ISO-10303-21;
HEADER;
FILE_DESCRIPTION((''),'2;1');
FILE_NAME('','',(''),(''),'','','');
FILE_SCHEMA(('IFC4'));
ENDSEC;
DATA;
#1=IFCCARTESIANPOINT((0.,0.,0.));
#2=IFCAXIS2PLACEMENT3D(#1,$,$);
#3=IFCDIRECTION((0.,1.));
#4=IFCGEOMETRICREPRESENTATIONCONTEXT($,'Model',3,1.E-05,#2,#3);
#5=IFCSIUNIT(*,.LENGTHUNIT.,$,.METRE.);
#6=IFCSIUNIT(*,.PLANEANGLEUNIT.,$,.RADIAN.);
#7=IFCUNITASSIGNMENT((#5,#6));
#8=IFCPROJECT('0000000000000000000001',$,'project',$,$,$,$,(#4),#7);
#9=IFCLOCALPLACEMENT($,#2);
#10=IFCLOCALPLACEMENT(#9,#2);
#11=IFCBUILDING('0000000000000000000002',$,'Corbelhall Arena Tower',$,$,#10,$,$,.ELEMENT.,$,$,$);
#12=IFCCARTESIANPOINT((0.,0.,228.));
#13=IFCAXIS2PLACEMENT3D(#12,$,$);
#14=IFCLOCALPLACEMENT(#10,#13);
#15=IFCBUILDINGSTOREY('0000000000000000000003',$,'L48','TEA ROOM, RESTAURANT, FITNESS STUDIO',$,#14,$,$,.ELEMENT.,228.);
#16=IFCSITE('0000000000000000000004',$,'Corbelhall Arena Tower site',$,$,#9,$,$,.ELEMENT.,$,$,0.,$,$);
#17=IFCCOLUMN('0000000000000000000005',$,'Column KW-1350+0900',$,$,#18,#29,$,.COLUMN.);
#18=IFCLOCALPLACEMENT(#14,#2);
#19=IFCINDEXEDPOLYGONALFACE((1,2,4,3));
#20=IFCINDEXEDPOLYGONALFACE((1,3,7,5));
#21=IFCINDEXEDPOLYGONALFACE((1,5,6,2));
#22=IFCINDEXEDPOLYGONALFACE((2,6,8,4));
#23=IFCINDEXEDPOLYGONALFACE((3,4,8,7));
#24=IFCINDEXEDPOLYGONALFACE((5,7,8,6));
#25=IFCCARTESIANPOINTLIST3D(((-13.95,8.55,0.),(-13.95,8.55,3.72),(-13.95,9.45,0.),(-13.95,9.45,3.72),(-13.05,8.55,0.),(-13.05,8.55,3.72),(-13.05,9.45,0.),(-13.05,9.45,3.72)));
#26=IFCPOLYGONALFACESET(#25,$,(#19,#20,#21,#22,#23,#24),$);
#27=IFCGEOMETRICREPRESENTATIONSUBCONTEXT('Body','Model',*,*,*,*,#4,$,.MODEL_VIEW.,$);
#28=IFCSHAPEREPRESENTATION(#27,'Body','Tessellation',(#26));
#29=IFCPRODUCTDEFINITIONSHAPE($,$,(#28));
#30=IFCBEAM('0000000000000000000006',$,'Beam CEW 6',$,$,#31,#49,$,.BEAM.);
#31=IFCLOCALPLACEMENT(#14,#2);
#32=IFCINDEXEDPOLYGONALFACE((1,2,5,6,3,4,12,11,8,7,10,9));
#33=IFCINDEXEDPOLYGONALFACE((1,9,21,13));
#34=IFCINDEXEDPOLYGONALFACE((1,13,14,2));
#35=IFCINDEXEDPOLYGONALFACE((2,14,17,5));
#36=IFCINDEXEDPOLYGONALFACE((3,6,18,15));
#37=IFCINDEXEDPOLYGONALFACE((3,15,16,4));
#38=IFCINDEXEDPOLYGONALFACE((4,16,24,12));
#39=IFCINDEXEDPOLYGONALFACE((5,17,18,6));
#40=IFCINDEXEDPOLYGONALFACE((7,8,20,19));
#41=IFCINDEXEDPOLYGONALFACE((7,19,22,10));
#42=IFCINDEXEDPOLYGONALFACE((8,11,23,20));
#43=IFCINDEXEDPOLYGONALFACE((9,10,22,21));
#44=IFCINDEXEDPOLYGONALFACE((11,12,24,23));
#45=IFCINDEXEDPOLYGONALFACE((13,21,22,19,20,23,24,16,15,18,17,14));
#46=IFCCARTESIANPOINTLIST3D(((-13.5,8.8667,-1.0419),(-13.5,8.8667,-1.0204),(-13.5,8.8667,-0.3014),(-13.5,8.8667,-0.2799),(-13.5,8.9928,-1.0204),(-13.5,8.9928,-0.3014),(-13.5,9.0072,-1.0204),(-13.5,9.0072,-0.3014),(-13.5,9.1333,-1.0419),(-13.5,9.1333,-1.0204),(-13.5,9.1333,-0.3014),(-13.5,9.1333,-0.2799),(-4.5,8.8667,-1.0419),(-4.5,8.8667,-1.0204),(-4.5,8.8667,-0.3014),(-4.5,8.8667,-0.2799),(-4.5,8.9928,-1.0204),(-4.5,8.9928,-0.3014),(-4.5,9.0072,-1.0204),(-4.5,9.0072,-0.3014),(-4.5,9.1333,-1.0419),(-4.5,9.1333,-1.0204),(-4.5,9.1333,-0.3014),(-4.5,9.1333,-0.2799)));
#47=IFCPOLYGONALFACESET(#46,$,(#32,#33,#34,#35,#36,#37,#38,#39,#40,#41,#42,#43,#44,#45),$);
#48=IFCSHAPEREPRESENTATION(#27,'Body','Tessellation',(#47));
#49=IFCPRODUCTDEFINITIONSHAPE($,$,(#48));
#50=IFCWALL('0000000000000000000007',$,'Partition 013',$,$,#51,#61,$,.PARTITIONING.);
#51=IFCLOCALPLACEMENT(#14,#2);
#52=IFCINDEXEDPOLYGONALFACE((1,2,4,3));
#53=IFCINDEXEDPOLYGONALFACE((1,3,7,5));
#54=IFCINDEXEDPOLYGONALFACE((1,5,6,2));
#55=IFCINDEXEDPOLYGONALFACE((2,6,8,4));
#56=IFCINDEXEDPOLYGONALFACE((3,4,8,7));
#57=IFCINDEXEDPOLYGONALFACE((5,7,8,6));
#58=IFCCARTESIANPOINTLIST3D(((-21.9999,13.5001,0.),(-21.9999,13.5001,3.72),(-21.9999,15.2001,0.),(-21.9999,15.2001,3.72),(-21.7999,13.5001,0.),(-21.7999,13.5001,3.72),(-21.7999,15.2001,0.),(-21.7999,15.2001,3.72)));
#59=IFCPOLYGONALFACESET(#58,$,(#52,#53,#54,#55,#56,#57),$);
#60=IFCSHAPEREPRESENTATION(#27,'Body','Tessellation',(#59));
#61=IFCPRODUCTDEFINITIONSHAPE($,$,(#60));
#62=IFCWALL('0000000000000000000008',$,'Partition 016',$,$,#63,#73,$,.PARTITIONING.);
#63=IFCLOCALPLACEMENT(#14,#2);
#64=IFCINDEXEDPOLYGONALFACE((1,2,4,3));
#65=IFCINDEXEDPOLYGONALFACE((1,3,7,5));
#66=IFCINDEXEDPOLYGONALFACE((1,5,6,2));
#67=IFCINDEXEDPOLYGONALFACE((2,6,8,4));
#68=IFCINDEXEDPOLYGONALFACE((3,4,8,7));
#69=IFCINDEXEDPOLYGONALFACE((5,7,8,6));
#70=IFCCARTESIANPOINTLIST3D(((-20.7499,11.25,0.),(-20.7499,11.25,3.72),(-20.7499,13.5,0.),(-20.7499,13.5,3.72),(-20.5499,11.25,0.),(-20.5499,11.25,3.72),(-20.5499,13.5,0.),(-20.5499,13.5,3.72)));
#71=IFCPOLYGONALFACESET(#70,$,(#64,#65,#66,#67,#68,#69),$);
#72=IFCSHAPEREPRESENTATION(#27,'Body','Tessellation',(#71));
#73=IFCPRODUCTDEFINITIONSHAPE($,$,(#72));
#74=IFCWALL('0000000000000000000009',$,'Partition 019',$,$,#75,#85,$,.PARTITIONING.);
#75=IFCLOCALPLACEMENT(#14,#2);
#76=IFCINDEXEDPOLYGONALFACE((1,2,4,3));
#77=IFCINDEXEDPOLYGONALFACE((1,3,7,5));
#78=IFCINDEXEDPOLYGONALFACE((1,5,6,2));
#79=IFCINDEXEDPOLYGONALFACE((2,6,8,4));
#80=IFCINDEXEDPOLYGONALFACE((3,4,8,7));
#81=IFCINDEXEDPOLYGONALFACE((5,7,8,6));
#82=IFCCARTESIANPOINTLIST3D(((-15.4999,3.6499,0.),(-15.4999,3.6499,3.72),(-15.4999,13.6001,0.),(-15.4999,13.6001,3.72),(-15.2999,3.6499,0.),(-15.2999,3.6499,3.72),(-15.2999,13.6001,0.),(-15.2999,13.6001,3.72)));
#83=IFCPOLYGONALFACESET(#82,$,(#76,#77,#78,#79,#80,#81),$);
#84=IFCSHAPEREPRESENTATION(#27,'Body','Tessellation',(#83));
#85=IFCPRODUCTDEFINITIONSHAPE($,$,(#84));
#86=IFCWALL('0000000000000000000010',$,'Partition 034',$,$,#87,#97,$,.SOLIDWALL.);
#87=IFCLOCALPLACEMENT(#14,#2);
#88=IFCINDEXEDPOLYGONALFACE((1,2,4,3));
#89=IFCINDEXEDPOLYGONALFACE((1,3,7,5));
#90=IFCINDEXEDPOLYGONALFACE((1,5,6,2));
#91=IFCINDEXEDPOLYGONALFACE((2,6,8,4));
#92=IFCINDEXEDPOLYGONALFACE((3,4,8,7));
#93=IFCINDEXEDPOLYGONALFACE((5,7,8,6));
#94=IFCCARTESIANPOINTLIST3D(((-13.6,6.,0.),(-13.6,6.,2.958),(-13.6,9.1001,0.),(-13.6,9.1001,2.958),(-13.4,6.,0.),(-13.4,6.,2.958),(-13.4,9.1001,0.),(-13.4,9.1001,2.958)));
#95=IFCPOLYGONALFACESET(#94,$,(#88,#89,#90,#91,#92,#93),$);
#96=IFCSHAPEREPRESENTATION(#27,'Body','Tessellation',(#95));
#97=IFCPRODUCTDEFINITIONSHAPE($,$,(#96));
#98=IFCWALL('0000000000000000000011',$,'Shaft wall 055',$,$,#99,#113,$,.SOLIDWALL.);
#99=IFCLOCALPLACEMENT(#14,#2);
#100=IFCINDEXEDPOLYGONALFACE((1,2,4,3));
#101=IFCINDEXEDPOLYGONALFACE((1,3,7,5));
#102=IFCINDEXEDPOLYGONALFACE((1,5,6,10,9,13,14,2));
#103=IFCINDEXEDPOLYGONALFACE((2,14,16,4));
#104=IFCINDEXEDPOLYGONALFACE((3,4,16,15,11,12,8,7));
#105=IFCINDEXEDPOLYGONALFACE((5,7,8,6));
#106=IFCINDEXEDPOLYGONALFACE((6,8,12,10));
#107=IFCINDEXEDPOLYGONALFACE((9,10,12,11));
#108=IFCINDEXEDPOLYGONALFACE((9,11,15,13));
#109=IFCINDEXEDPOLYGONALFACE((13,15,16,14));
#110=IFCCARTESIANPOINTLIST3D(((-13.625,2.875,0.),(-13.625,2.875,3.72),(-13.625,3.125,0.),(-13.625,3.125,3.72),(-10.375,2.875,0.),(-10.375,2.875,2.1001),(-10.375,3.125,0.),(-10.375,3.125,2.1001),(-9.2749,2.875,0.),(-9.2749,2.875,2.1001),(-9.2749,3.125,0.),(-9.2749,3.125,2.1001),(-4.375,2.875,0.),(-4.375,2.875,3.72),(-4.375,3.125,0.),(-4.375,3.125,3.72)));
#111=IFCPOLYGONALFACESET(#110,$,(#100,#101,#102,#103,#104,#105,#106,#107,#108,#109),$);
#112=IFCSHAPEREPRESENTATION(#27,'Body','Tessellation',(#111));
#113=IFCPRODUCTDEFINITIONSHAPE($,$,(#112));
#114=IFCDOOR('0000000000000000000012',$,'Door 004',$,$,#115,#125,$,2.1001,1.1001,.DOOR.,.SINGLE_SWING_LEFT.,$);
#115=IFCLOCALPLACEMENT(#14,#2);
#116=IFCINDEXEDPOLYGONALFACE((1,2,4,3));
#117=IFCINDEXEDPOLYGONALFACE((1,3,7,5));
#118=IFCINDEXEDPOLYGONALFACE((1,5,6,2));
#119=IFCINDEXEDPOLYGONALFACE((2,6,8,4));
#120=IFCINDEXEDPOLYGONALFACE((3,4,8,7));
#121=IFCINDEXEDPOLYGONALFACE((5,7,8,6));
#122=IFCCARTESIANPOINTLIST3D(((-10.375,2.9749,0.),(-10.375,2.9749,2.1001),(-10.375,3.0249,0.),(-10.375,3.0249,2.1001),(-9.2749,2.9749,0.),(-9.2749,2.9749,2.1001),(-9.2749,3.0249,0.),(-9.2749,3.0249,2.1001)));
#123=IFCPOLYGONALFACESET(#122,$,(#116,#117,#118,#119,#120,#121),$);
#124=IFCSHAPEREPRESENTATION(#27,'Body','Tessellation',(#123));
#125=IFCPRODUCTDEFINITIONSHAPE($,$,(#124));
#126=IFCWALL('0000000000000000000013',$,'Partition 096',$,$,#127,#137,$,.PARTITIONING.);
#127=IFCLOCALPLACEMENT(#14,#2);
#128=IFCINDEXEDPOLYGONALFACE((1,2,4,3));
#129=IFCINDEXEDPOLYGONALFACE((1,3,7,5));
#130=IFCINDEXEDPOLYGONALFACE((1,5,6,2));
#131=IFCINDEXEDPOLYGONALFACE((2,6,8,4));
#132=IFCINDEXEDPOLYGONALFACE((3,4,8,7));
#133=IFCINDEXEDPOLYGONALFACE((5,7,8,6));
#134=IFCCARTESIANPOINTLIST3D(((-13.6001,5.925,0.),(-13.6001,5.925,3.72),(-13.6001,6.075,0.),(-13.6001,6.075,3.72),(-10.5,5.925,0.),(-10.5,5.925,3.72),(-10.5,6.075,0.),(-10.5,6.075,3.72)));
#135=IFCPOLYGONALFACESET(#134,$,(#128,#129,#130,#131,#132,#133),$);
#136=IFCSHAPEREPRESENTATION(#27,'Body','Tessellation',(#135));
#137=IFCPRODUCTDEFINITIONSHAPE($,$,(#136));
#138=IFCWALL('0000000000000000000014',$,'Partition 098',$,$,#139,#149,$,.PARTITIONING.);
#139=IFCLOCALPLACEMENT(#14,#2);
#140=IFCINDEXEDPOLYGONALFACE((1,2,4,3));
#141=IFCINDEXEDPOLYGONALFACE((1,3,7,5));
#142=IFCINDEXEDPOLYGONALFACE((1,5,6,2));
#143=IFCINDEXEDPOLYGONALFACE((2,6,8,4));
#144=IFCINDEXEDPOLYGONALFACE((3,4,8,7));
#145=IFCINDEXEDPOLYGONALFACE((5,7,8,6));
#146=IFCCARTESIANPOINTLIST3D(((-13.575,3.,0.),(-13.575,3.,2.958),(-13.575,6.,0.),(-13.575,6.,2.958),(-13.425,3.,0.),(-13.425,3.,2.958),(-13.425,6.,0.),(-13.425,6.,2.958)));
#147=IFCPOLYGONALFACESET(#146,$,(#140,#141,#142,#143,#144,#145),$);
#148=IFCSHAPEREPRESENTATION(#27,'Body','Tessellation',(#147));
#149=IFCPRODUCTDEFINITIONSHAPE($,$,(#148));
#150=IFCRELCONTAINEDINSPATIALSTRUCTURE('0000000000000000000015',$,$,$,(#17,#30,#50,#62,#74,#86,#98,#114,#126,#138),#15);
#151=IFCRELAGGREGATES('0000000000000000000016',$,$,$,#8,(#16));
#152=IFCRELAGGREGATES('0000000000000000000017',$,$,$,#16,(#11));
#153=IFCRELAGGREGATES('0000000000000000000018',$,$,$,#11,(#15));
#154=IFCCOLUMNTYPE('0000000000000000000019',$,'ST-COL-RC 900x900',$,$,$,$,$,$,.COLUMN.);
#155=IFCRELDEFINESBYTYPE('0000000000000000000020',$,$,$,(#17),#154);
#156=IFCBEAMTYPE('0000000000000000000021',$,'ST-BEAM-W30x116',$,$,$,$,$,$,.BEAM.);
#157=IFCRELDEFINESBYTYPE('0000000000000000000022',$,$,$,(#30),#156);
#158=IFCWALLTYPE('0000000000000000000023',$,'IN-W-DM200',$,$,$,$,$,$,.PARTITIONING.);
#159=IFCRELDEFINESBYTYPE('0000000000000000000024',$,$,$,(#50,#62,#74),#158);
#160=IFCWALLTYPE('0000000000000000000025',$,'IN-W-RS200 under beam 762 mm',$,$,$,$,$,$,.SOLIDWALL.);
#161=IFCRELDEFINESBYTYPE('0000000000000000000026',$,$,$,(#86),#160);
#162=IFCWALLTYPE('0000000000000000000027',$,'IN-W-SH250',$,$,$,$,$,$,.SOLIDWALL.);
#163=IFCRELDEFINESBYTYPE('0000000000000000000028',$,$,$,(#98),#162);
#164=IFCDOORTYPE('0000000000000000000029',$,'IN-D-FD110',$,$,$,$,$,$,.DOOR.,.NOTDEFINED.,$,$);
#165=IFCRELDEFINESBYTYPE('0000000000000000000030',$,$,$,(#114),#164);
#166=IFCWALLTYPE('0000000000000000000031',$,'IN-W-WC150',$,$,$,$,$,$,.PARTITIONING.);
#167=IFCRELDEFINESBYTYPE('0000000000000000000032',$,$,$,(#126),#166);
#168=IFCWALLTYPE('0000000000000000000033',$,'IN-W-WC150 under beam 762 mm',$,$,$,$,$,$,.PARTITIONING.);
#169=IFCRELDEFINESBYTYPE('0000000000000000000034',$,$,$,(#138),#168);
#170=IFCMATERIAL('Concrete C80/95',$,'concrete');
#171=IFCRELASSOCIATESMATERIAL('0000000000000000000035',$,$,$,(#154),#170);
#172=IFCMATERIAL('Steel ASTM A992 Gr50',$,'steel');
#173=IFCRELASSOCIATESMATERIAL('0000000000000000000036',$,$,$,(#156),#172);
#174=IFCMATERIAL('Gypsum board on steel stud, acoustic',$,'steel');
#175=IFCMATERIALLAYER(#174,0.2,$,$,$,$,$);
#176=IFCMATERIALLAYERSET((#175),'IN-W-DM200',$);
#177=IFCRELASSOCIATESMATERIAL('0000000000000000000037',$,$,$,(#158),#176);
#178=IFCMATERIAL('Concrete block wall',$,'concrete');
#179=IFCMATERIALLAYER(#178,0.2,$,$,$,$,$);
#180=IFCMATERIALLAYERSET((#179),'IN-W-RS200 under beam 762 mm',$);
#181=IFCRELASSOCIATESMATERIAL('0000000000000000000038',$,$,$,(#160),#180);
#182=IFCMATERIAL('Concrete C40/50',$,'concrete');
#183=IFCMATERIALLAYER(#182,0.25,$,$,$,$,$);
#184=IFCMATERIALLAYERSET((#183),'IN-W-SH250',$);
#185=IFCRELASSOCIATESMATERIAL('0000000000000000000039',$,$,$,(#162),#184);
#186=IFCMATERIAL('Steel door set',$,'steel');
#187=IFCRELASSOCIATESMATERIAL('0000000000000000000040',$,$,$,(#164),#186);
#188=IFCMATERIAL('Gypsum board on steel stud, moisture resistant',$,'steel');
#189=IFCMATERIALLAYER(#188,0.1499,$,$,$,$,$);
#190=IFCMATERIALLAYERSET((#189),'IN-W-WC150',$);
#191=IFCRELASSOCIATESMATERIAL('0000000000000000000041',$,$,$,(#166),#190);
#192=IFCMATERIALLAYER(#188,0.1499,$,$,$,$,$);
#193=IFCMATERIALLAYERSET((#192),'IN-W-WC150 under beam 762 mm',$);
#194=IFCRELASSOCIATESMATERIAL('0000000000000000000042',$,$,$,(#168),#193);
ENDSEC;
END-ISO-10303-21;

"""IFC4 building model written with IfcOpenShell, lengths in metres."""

from ifc_helpers import new_model, si_unit, direction, frame, frame_2d, origin, origin_2d, place, context, subcontext, project, spatial, rectangle, i_section, extrude, material, layer, layer_set, material_profile, profile_set, type_object, element, fill, save


model = new_model("IFC4")

# Units and contexts
model_context = context("Model", 3, precision=1e-05, world=origin(), true_north=direction((0.0, 1.0)))
body_context = subcontext(model_context, "Body", "Model", "MODEL_VIEW")
ifc_project = project(units=[si_unit("LENGTHUNIT", "METRE"), si_unit("PLANEANGLEUNIT", "RADIAN")], contexts=[model_context])

# Site, building, storey
site_placement = place(None, origin())
site = spatial("IfcSite", under=ifc_project, at=site_placement, Name="Corbelhall Arena Tower site", CompositionType="ELEMENT", RefElevation=0.0)
building_placement = place(site_placement, origin())
building = spatial("IfcBuilding", under=site, at=building_placement, Name="Corbelhall Arena Tower", CompositionType="ELEMENT")
storey_placement = place(building_placement, frame((0.0, 0.0, 228.0)))
storey = spatial("IfcBuildingStorey", under=building, at=storey_placement, Name="L48", Description="TEA ROOM, RESTAURANT, FITNESS STUDIO", CompositionType="ELEMENT", Elevation=228.0)

# Column
ifc_material_1 = material(Name="Concrete C80/95", Category="concrete")
ifc_material_profile_1 = material_profile(ifc_material_1, rectangle(XDim=0.8999, YDim=0.8999, at=origin_2d()))
ifc_profile_set_1 = profile_set([ifc_material_profile_1], Name="Concrete C80/95")
column_type = type_object("IfcColumnType", Name="ST-COL-RC 900x900", PredefinedType="COLUMN", material=ifc_profile_set_1)
column_placement = place(storey_placement, frame((-13.5, 9.0, 0.0), z_axis=(0.0, 0.0, 1.0), x_axis=(1.0, 0.0, 0.0)))
element("IfcColumn", 1, at=column_placement, inside=storey, type_object=column_type, Name="Column KW-1350+0900", PredefinedType="COLUMN", context=body_context, shape_type="SweptSolid", body=[
    extrude(rectangle(XDim=0.8999, YDim=0.8999, at=origin_2d()), origin(), (0.0, 0.0, 1.0), 3.72),
])

# Beam
ifc_material_2 = material(Name="Steel ASTM A992 Gr50", Category="steel")
ifc_material_profile_2 = material_profile(ifc_material_2, i_section(OverallWidth=0.2666, OverallDepth=0.762, WebThickness=0.0144, FlangeThickness=0.0215, at=origin_2d()))
ifc_profile_set_2 = profile_set([ifc_material_profile_2], Name="Steel ASTM A992 Gr50")
beam_type = type_object("IfcBeamType", Name="ST-BEAM-W30x116", PredefinedType="BEAM", material=ifc_profile_set_2)
beam_placement = place(storey_placement, frame((-13.5, 9.0, -0.6609), z_axis=(1.0, 0.0, 0.0), x_axis=(0.0, 1.0, 0.0)))
element("IfcBeam", 2, at=beam_placement, inside=storey, type_object=beam_type, Name="Beam CEW 6", PredefinedType="BEAM", context=body_context, shape_type="SweptSolid", body=[
    extrude(i_section(OverallWidth=0.2666, OverallDepth=0.762, WebThickness=0.0144, FlangeThickness=0.0215, at=origin_2d()), origin(), (0.0, 0.0, 1.0), 9.0),
])

# Shared definitions
ifc_material_3 = material(Name="Gypsum board on steel stud, acoustic", Category="steel")
ifc_layer_1 = layer(ifc_material_3, 0.2)
ifc_layer_set_1 = layer_set([ifc_layer_1], Name="IN-W-DM200")
wall_type_1 = type_object("IfcWallType", Name="IN-W-DM200", PredefinedType="PARTITIONING", material=ifc_layer_set_1)
ifc_material_4 = material(Name="Steel door set", Category="steel")

# Walls
wall_1_placement = place(storey_placement, frame((-21.8999, 13.5, 0.0), z_axis=(0.0, 0.0, 1.0), x_axis=(0.0, 1.0, 0.0)))
element("IfcWall", 3, at=wall_1_placement, inside=storey, type_object=wall_type_1, Name="Partition 013", PredefinedType="PARTITIONING", context=body_context, shape_type="SweptSolid", body=[
    extrude(rectangle(XDim=1.7, YDim=0.2, at=frame_2d((0.8501, 0.0))), origin(), (0.0, 0.0, 1.0), 3.72),
])
wall_2_placement = place(storey_placement, frame((-20.6499, 11.25, 0.0), z_axis=(0.0, 0.0, 1.0), x_axis=(0.0, 1.0, 0.0)))
element("IfcWall", 4, at=wall_2_placement, inside=storey, type_object=wall_type_1, Name="Partition 016", PredefinedType="PARTITIONING", context=body_context, shape_type="SweptSolid", body=[
    extrude(rectangle(XDim=2.25, YDim=0.2, at=frame_2d((1.125, 0.0))), origin(), (0.0, 0.0, 1.0), 3.72),
])

# Walls
wall_3_placement = place(storey_placement, frame((-15.3999, 3.6499, 0.0), z_axis=(0.0, 0.0, 1.0), x_axis=(0.0, 1.0, 0.0)))
element("IfcWall", 5, at=wall_3_placement, inside=storey, type_object=wall_type_1, Name="Partition 019", PredefinedType="PARTITIONING", context=body_context, shape_type="SweptSolid", body=[
    extrude(rectangle(XDim=9.9502, YDim=0.2, at=frame_2d((4.9751, 0.0))), origin(), (0.0, 0.0, 1.0), 3.72),
])
ifc_material_5 = material(Name="Concrete block wall", Category="concrete")
ifc_layer_2 = layer(ifc_material_5, 0.2)
ifc_layer_set_2 = layer_set([ifc_layer_2], Name="IN-W-RS200 under beam 762 mm")
wall_type_2 = type_object("IfcWallType", Name="IN-W-RS200 under beam 762 mm", PredefinedType="SOLIDWALL", material=ifc_layer_set_2)
wall_4_placement = place(storey_placement, frame((-13.5, 6.0, 0.0), z_axis=(0.0, 0.0, 1.0), x_axis=(0.0, 1.0, 0.0)))
element("IfcWall", 6, at=wall_4_placement, inside=storey, type_object=wall_type_2, Name="Partition 034", PredefinedType="SOLIDWALL", context=body_context, shape_type="SweptSolid", body=[
    extrude(rectangle(XDim=3.1001, YDim=0.2, at=frame_2d((1.55, 0.0))), origin(), (0.0, 0.0, 1.0), 2.958),
])

# Wall, opening, door
ifc_material_6 = material(Name="Concrete C40/50", Category="concrete")
ifc_layer_3 = layer(ifc_material_6, 0.25)
ifc_layer_set_3 = layer_set([ifc_layer_3], Name="IN-W-SH250")
wall_type_3 = type_object("IfcWallType", Name="IN-W-SH250", PredefinedType="SOLIDWALL", material=ifc_layer_set_3)
wall_5_placement = place(storey_placement, frame((-13.625, 3.0, 0.0), z_axis=(0.0, 0.0, 1.0), x_axis=(1.0, 0.0, 0.0)))
wall_5 = element("IfcWall", 7, at=wall_5_placement, inside=storey, type_object=wall_type_3, Name="Shaft wall 055", PredefinedType="SOLIDWALL", context=body_context, shape_type="SweptSolid", body=[
    extrude(rectangle(XDim=9.25, YDim=0.25, at=frame_2d((4.625, 0.0))), origin(), (0.0, 0.0, 1.0), 3.72),
])
opening_1_placement = place(wall_5_placement, frame((3.25, 0.0, 0.0)))
opening_1 = element("IfcOpeningElement", 8, at=opening_1_placement, cuts=wall_5, PredefinedType="OPENING", context=body_context, shape_type="SweptSolid", body=[
    extrude(rectangle(XDim=1.1001, YDim=2.1001, at=frame_2d((0.55, 1.05))), frame((0.0, 0.125, 0.0), z_axis=(0.0, -1.0, 0.0), x_axis=(1.0, 0.0, 0.0)), (0.0, 0.0, 1.0), 0.25),
])
door_type_1 = type_object("IfcDoorType", Name="IN-D-FD110", OperationType="NOTDEFINED", PredefinedType="DOOR", material=ifc_material_4)
door_1_placement = place(opening_1_placement, origin())
door_1 = element("IfcDoor", 9, at=door_1_placement, inside=storey, type_object=door_type_1, Name="Door 004", OperationType="SINGLE_SWING_LEFT", OverallHeight=2.1001, OverallWidth=1.1001, PredefinedType="DOOR", context=body_context, shape_type="SweptSolid", body=[
    extrude(rectangle(XDim=1.1001, YDim=2.1001, at=frame_2d((0.55, 1.05))), frame((0.0, 0.0249, 0.0), z_axis=(0.0, -1.0, 0.0), x_axis=(1.0, 0.0, 0.0)), (0.0, 0.0, 1.0), 0.05),
])
fill(opening_1, door_1)

# Walls
ifc_material_7 = material(Name="Gypsum board on steel stud, moisture resistant", Category="steel")
ifc_layer_4 = layer(ifc_material_7, 0.1499)
ifc_layer_set_4 = layer_set([ifc_layer_4], Name="IN-W-WC150")
wall_type_4 = type_object("IfcWallType", Name="IN-W-WC150", PredefinedType="PARTITIONING", material=ifc_layer_set_4)
wall_6_placement = place(storey_placement, frame((-13.6001, 6.0, 0.0), z_axis=(0.0, 0.0, 1.0), x_axis=(1.0, 0.0, 0.0)))
element("IfcWall", 10, at=wall_6_placement, inside=storey, type_object=wall_type_4, Name="Partition 096", PredefinedType="PARTITIONING", context=body_context, shape_type="SweptSolid", body=[
    extrude(rectangle(XDim=3.1001, YDim=0.1499, at=frame_2d((1.55, 0.0))), origin(), (0.0, 0.0, 1.0), 3.72),
])
ifc_layer_5 = layer(ifc_material_7, 0.1499)
ifc_layer_set_5 = layer_set([ifc_layer_5], Name="IN-W-WC150 under beam 762 mm")
wall_type_5 = type_object("IfcWallType", Name="IN-W-WC150 under beam 762 mm", PredefinedType="PARTITIONING", material=ifc_layer_set_5)
wall_7_placement = place(storey_placement, frame((-13.5, 3.0, 0.0), z_axis=(0.0, 0.0, 1.0), x_axis=(0.0, 1.0, 0.0)))
element("IfcWall", 11, at=wall_7_placement, inside=storey, type_object=wall_type_5, Name="Partition 098", PredefinedType="PARTITIONING", context=body_context, shape_type="SweptSolid", body=[
    extrude(rectangle(XDim=3.0, YDim=0.1499, at=frame_2d((1.5, 0.0))), origin(), (0.0, 0.0, 1.0), 2.958),
])

save(model, "model.ifc")
